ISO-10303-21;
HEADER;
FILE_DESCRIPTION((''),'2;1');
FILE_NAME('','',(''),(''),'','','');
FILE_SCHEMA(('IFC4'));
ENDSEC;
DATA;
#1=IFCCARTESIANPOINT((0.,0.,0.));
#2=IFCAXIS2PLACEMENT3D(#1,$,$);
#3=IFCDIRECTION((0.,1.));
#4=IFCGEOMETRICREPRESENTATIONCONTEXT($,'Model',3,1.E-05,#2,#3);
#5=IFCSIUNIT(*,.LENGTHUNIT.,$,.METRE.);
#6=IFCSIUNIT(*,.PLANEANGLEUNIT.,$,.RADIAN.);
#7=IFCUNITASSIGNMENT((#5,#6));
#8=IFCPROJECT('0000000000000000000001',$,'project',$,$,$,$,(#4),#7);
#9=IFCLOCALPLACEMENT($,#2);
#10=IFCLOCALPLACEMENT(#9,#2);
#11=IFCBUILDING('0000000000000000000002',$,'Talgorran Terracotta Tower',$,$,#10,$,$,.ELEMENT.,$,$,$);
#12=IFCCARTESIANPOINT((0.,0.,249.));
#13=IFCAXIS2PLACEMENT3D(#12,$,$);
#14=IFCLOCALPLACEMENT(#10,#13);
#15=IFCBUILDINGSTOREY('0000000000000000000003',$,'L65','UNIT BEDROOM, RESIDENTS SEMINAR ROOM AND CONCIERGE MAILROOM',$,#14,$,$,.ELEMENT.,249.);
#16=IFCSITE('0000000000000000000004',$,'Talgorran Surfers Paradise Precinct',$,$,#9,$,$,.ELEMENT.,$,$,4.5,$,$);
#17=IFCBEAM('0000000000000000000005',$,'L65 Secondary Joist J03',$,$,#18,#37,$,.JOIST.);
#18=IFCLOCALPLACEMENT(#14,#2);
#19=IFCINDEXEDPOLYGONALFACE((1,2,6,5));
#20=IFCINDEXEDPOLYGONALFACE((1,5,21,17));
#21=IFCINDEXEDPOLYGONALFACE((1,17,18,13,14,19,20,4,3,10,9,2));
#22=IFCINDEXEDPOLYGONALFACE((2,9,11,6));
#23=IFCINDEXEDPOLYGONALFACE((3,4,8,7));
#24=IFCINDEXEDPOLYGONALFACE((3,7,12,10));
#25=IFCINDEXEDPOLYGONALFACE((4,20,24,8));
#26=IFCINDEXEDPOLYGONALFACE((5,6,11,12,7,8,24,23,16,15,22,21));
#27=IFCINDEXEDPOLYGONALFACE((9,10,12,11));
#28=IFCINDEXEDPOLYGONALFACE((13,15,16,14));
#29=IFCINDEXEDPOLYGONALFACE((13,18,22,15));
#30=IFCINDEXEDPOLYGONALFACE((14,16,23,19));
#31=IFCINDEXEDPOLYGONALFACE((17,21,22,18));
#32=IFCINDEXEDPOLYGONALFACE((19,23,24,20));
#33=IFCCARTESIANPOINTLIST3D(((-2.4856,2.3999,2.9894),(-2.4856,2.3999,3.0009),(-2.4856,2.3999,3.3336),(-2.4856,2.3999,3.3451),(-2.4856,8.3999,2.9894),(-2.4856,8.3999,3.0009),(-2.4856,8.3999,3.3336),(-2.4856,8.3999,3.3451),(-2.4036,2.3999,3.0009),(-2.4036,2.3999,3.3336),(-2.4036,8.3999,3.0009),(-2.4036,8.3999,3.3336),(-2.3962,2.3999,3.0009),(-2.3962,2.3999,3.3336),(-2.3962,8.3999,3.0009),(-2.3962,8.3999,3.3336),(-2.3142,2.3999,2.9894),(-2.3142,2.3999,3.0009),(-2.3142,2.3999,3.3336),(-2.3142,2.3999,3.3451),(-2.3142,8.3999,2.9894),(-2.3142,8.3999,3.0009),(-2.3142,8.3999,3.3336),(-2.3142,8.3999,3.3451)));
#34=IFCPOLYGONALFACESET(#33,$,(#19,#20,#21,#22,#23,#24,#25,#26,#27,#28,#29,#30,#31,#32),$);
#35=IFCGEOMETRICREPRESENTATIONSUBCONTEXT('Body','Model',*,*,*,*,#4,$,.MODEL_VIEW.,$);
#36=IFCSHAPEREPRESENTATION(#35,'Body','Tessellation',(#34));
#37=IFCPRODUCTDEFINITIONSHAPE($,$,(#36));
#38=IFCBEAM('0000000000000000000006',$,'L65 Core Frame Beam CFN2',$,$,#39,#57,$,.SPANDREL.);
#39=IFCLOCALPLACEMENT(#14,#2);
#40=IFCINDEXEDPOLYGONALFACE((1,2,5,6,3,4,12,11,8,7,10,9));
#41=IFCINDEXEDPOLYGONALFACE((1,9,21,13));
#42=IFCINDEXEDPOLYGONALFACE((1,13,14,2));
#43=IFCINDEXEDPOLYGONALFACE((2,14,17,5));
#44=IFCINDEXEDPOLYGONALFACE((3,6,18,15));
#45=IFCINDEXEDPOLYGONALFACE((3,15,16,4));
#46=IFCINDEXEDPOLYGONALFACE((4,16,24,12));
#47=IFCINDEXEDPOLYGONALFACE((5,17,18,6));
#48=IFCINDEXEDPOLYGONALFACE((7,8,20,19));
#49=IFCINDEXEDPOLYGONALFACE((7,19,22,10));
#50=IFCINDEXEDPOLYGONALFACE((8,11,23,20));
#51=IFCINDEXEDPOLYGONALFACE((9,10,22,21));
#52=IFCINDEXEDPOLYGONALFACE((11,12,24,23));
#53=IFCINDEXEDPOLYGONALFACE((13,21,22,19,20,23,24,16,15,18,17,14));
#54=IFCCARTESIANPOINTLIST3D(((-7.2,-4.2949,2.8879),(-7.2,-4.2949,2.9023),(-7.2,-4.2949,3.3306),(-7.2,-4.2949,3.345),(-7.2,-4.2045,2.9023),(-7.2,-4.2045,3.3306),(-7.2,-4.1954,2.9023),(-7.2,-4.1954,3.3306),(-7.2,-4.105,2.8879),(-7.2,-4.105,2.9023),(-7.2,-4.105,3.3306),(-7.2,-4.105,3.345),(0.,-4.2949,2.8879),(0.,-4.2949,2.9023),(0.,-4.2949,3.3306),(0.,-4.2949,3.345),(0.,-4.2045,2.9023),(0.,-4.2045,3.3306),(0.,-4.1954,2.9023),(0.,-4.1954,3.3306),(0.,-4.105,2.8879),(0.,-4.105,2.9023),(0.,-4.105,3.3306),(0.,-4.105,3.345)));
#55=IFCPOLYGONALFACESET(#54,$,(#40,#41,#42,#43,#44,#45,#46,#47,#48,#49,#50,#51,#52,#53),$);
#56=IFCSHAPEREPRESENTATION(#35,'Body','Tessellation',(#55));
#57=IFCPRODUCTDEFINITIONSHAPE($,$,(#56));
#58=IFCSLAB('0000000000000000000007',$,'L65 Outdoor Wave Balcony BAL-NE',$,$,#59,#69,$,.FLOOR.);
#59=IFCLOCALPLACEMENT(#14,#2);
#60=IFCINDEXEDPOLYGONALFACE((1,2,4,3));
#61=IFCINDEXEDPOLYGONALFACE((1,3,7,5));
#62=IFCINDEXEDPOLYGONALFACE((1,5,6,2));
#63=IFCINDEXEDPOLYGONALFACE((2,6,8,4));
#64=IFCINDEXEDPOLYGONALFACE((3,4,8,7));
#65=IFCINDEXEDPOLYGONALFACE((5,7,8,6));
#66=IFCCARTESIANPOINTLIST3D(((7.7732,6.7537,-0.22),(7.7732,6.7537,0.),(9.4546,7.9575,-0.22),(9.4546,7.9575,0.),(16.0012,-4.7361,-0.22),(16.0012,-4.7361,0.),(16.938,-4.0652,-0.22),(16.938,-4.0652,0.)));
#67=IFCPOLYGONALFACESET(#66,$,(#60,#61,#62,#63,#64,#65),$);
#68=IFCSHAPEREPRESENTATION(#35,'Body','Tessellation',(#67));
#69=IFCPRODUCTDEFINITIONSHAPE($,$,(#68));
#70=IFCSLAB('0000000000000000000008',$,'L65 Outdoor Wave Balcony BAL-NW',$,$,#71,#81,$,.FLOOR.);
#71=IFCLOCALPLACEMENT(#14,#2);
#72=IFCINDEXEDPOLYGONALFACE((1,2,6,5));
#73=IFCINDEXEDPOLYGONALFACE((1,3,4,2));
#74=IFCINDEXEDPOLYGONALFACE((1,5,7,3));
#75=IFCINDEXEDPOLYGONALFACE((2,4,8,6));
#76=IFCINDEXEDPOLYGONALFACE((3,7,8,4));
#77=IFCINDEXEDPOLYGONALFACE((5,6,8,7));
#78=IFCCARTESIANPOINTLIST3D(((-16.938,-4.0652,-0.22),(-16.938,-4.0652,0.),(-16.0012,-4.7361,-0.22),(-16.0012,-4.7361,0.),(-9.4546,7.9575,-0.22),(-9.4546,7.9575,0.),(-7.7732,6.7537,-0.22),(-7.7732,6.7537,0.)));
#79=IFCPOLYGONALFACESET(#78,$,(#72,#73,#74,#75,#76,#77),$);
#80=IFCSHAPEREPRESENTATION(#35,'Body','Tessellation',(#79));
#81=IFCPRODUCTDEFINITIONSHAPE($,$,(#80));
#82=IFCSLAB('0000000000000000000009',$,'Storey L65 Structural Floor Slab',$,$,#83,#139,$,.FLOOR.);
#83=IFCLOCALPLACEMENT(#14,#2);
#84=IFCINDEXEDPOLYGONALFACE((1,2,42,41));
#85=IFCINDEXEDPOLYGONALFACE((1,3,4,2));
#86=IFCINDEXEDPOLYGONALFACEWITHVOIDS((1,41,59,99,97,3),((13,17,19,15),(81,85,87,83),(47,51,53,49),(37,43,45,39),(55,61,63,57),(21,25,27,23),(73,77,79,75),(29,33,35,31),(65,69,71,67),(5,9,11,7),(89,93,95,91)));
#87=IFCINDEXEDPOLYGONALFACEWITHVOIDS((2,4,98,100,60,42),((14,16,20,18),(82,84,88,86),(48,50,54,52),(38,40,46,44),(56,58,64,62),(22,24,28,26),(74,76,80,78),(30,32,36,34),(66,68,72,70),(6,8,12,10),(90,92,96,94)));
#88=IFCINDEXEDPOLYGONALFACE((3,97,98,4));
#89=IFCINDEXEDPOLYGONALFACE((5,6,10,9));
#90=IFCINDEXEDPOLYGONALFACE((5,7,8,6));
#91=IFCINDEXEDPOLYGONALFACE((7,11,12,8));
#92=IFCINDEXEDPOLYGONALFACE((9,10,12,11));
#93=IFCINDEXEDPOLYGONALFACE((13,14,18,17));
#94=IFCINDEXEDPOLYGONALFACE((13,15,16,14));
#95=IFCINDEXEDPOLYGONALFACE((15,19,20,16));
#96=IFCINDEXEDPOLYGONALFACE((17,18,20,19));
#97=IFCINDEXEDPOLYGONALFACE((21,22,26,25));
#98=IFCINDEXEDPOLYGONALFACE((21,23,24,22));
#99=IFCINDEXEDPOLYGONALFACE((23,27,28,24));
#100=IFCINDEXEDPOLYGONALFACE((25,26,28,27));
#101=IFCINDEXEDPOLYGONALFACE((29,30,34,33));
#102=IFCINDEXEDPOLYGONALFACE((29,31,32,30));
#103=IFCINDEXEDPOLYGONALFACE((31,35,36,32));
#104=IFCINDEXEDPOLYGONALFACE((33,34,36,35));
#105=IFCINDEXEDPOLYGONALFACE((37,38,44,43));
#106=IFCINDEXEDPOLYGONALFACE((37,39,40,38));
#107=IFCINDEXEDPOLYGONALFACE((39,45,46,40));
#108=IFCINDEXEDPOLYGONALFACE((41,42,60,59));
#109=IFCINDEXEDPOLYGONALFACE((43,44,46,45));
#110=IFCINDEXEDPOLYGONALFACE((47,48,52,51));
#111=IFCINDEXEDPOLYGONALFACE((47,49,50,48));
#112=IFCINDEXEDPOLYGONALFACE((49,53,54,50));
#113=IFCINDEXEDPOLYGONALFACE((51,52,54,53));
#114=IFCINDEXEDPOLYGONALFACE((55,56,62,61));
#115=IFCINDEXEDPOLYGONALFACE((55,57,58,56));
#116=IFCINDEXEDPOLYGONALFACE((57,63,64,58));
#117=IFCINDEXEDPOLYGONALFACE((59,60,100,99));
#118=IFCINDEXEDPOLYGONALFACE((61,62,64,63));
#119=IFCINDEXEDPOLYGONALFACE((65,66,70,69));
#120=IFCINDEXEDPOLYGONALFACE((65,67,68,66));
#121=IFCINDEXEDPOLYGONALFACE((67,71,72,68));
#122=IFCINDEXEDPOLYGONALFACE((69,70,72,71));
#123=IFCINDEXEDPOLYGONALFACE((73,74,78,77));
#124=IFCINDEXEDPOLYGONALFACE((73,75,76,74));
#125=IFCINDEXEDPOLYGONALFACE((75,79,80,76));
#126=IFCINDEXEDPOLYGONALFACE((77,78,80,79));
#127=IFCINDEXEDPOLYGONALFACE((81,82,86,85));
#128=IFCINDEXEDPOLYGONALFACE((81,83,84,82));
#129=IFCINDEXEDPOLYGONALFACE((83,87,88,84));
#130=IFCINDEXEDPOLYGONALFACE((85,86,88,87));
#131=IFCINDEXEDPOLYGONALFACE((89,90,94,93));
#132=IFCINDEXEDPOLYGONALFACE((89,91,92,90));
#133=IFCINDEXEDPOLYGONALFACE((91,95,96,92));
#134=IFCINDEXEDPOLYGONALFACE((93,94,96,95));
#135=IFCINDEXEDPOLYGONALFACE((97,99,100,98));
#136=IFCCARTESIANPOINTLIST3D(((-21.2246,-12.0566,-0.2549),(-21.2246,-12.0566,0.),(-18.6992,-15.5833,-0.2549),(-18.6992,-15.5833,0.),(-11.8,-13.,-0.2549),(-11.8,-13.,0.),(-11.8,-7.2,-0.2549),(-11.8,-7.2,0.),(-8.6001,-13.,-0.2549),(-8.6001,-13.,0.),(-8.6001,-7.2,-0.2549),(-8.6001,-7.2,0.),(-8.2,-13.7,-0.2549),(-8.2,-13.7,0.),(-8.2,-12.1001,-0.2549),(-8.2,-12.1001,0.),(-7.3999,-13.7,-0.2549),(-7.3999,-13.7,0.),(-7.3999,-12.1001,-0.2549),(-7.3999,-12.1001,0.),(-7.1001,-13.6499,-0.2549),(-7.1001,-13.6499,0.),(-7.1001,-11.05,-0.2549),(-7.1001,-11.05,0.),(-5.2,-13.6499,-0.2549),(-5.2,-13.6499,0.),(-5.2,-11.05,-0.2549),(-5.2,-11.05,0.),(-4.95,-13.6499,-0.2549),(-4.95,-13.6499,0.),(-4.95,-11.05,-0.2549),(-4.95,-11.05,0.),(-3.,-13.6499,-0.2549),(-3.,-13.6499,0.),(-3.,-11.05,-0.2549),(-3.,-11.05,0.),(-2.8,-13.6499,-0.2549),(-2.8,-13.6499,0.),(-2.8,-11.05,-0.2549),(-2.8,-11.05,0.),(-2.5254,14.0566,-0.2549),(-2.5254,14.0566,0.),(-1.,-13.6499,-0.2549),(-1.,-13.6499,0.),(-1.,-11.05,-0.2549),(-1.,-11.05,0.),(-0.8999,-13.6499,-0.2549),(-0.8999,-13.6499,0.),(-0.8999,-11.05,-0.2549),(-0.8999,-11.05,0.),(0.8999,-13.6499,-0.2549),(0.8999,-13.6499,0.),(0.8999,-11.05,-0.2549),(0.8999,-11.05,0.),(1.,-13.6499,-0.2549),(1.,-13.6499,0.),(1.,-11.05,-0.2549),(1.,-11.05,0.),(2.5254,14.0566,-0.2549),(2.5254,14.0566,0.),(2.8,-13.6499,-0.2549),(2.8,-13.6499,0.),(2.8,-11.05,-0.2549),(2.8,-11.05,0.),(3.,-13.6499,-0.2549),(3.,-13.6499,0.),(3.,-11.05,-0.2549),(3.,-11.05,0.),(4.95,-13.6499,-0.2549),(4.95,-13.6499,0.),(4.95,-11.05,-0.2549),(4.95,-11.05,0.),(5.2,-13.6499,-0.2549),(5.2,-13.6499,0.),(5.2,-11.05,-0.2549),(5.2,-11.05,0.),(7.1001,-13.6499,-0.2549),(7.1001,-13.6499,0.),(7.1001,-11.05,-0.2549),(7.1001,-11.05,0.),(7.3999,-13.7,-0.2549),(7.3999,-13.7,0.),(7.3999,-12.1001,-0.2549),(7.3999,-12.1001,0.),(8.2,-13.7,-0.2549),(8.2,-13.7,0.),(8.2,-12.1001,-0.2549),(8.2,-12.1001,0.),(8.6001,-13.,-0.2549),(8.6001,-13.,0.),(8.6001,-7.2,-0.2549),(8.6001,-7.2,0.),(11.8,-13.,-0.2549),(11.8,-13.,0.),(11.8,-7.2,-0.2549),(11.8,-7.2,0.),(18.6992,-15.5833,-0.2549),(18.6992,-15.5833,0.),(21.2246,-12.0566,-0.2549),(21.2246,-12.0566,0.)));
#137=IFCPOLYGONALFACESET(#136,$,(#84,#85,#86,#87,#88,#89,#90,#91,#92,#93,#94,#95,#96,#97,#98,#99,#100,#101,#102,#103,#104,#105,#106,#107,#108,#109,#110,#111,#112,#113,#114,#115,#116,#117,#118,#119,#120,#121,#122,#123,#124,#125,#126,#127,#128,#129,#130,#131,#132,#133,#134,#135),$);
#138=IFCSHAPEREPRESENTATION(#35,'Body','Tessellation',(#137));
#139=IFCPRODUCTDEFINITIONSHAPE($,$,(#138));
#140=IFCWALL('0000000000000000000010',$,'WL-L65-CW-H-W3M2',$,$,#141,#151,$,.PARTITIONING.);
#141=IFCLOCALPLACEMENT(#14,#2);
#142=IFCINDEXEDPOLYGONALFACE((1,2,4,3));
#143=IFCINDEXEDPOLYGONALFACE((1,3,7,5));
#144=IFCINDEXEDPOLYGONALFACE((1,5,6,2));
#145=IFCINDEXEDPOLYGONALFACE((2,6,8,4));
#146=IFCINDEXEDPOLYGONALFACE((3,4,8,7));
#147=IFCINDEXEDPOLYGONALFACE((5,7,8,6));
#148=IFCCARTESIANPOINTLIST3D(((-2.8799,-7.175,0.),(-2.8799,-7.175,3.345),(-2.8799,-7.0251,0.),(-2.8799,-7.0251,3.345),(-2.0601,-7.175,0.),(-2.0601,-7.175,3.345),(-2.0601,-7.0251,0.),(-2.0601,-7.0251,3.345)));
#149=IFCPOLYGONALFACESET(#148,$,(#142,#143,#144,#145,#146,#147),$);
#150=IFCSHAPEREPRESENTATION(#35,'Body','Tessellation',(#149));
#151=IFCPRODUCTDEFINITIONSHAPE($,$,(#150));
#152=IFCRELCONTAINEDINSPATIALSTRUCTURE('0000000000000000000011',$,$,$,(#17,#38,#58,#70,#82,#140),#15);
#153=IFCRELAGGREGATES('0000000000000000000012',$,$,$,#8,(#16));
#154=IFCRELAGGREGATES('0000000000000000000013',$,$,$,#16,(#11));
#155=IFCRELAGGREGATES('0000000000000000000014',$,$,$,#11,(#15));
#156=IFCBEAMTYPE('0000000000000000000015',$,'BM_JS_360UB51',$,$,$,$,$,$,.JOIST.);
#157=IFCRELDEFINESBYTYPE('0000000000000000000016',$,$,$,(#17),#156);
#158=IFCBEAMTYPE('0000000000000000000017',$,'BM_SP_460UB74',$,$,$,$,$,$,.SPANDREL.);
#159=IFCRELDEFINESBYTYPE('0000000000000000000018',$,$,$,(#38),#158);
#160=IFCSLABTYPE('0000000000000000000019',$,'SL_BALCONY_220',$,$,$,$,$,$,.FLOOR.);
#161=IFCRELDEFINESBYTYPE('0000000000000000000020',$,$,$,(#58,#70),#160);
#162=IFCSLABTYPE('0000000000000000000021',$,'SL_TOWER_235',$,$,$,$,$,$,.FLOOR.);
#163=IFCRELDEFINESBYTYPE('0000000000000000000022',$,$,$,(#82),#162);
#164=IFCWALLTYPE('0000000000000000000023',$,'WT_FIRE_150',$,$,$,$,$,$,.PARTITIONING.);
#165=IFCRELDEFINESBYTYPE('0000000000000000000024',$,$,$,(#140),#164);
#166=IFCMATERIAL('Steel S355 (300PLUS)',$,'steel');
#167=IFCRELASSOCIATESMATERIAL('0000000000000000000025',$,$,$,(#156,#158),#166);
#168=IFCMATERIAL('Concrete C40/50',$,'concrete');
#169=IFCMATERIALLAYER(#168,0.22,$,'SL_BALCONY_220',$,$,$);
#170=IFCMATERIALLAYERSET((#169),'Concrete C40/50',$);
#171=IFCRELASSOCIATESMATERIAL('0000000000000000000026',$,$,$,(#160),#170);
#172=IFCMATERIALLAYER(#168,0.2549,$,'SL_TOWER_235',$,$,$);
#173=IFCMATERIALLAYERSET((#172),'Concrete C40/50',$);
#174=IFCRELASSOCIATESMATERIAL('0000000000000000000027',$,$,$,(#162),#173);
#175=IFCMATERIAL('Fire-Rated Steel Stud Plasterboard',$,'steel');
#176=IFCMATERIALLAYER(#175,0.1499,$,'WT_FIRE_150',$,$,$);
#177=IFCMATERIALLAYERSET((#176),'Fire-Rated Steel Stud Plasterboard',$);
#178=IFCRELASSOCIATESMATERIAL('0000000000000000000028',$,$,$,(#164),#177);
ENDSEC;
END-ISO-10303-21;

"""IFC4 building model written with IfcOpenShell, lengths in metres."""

from ifc_helpers import new_model, si_unit, direction, frame, frame_2d, origin, origin_2d, place, context, subcontext, project, spatial, polyline, rectangle, i_section, outline, extrude, material, layer, layer_set, material_profile, profile_set, type_object, element, save


model = new_model("IFC4")

# Units and contexts
model_context = context("Model", 3, precision=1e-05, world=origin(), true_north=direction((0.0, 1.0)))
body_context = subcontext(model_context, "Body", "Model", "MODEL_VIEW")
ifc_project = project(units=[si_unit("LENGTHUNIT", "METRE"), si_unit("PLANEANGLEUNIT", "RADIAN")], contexts=[model_context])

# Site, building, storey
site_placement = place(None, origin())
site = spatial("IfcSite", under=ifc_project, at=site_placement, Name="Talgorran Surfers Paradise Precinct", CompositionType="ELEMENT", RefElevation=4.5)
building_placement = place(site_placement, origin())
building = spatial("IfcBuilding", under=site, at=building_placement, Name="Talgorran Terracotta Tower", CompositionType="ELEMENT")
storey_placement = place(building_placement, frame((0.0, 0.0, 249.0)))
storey = spatial("IfcBuildingStorey", under=building, at=storey_placement, Name="L65", Description="UNIT BEDROOM, RESIDENTS SEMINAR ROOM AND CONCIERGE MAILROOM", CompositionType="ELEMENT", Elevation=249.0)

# Shared definitions
ifc_material_1 = material(Name="Steel S355 (300PLUS)", Category="steel")

# Beams
ifc_material_profile_1 = material_profile(ifc_material_1, i_section(OverallWidth=0.1714, OverallDepth=0.3557, WebThickness=0.0073, FlangeThickness=0.0115, at=origin_2d()), Name="360UB50.7")
ifc_profile_set_1 = profile_set([ifc_material_profile_1], Name="Steel S355 (300PLUS)")
beam_type_1 = type_object("IfcBeamType", Name="BM_JS_360UB51", PredefinedType="JOIST", material=ifc_profile_set_1)
beam_1_placement = place(storey_placement, frame((-2.3999, 2.3999, 3.1672), z_axis=(0.0, 1.0, 0.0), x_axis=(-1.0, 0.0, 0.0)))
element("IfcBeam", 1, at=beam_1_placement, inside=storey, type_object=beam_type_1, Name="L65 Secondary Joist J03", PredefinedType="JOIST", context=body_context, shape_type="SweptSolid", body=[
    extrude(i_section(OverallWidth=0.1714, OverallDepth=0.3557, WebThickness=0.0073, FlangeThickness=0.0115, at=origin_2d()), origin(), (0.0, 0.0, 1.0), 6.0),
])
ifc_material_profile_2 = material_profile(ifc_material_1, i_section(OverallWidth=0.1899, OverallDepth=0.457, WebThickness=0.009, FlangeThickness=0.0144, at=origin_2d()), Name="460UB74.6")
ifc_profile_set_2 = profile_set([ifc_material_profile_2], Name="Steel S355 (300PLUS)")
beam_type_2 = type_object("IfcBeamType", Name="BM_SP_460UB74", PredefinedType="SPANDREL", material=ifc_profile_set_2)
beam_2_placement = place(storey_placement, frame((-7.2, -4.2, 3.1165), z_axis=(1.0, 0.0, 0.0), x_axis=(0.0, 1.0, 0.0)))
element("IfcBeam", 2, at=beam_2_placement, inside=storey, type_object=beam_type_2, Name="L65 Core Frame Beam CFN2", PredefinedType="SPANDREL", context=body_context, shape_type="SweptSolid", body=[
    extrude(i_section(OverallWidth=0.1899, OverallDepth=0.457, WebThickness=0.009, FlangeThickness=0.0144, at=origin_2d()), origin(), (0.0, 0.0, 1.0), 7.2),
])

# Slabs
ifc_material_2 = material(Name="Concrete C40/50", Category="concrete")
ifc_layer_1 = layer(ifc_material_2, 0.22, Name="SL_BALCONY_220")
ifc_layer_set_1 = layer_set([ifc_layer_1], Name="Concrete C40/50")
slab_type_1 = type_object("IfcSlabType", Name="SL_BALCONY_220", PredefinedType="FLOOR", material=ifc_layer_set_1)
slab_1_placement = place(storey_placement, frame((0.0, 0.0, -0.22)))
element("IfcSlab", 3, at=slab_1_placement, inside=storey, type_object=slab_type_1, Name="L65 Outdoor Wave Balcony BAL-NE", PredefinedType="FLOOR", context=body_context, shape_type="SweptSolid", body=[
    extrude(outline(polyline([(7.7732, 6.7537), (16.0012, -4.7361), (16.938, -4.0652), (9.4546, 7.9575), (7.7732, 6.7537)])), origin(), (0.0, 0.0, 1.0), 0.22),
])
slab_2_placement = place(storey_placement, frame((0.0, 0.0, -0.22)))
element("IfcSlab", 4, at=slab_2_placement, inside=storey, type_object=slab_type_1, Name="L65 Outdoor Wave Balcony BAL-NW", PredefinedType="FLOOR", context=body_context, shape_type="SweptSolid", body=[
    extrude(outline(polyline([(-16.0012, -4.7361), (-7.7732, 6.7537), (-9.4546, 7.9575), (-16.938, -4.0652), (-16.0012, -4.7361)])), origin(), (0.0, 0.0, 1.0), 0.22),
])
ifc_layer_2 = layer(ifc_material_2, 0.2549, Name="SL_TOWER_235")
ifc_layer_set_2 = layer_set([ifc_layer_2], Name="Concrete C40/50")
slab_type_2 = type_object("IfcSlabType", Name="SL_TOWER_235", PredefinedType="FLOOR", material=ifc_layer_set_2)
slab_3_placement = place(storey_placement, frame((0.0, 0.0, -0.2549)))
element("IfcSlab", 5, at=slab_3_placement, inside=storey, type_object=slab_type_2, Name="Storey L65 Structural Floor Slab", PredefinedType="FLOOR", context=body_context, shape_type="SweptSolid", body=[
    extrude(outline(polyline([(-21.2246, -12.0566), (-18.6992, -15.5833), (18.6992, -15.5833), (21.2246, -12.0566), (2.5254, 14.0566), (-2.5254, 14.0566), (-21.2246, -12.0566)]), holes=[polyline([(-11.8, -7.2), (-11.8, -13.0), (-8.6001, -13.0), (-8.6001, -7.2), (-11.8, -7.2)]), polyline([(8.6001, -7.2), (8.6001, -13.0), (11.8, -13.0), (11.8, -7.2), (8.6001, -7.2)]), polyline([(-7.1001, -13.6499), (-5.2, -13.6499), (-5.2, -11.05), (-7.1001, -11.05), (-7.1001, -13.6499)]), polyline([(5.2, -13.6499), (7.1001, -13.6499), (7.1001, -11.05), (5.2, -11.05), (5.2, -13.6499)]), polyline([(3.0, -13.6499), (4.95, -13.6499), (4.95, -11.05), (3.0, -11.05), (3.0, -13.6499)]), polyline([(-4.95, -13.6499), (-3.0, -13.6499), (-3.0, -11.05), (-4.95, -11.05), (-4.95, -13.6499)]), polyline([(-2.8, -13.6499), (-1.0, -13.6499), (-1.0, -11.05), (-2.8, -11.05), (-2.8, -13.6499)]), polyline([(-0.8999, -13.6499), (0.8999, -13.6499), (0.8999, -11.05), (-0.8999, -11.05), (-0.8999, -13.6499)]), polyline([(1.0, -13.6499), (2.8, -13.6499), (2.8, -11.05), (1.0, -11.05), (1.0, -13.6499)]), polyline([(-8.2, -13.7), (-7.3999, -13.7), (-7.3999, -12.1001), (-8.2, -12.1001), (-8.2, -13.7)]), polyline([(7.3999, -13.7), (8.2, -13.7), (8.2, -12.1001), (7.3999, -12.1001), (7.3999, -13.7)])]), origin(), (0.0, 0.0, 1.0), 0.2549),
])

# Wall
ifc_material_3 = material(Name="Fire-Rated Steel Stud Plasterboard", Category="steel")
ifc_layer_3 = layer(ifc_material_3, 0.1499, Name="WT_FIRE_150")
ifc_layer_set_3 = layer_set([ifc_layer_3], Name="Fire-Rated Steel Stud Plasterboard")
wall_type_1 = type_object("IfcWallType", Name="WT_FIRE_150", PredefinedType="PARTITIONING", material=ifc_layer_set_3)
wall_1_placement = place(storey_placement, frame((-2.8799, -7.1001, 0.0), z_axis=(0.0, 0.0, 1.0), x_axis=(1.0, 0.0, 0.0)))
element("IfcWall", 6, at=wall_1_placement, inside=storey, type_object=wall_type_1, Name="WL-L65-CW-H-W3M2", PredefinedType="PARTITIONING", context=body_context, shape_type="SweptSolid", body=[
    extrude(rectangle(XDim=0.8198, YDim=0.1499, at=frame_2d((0.4099, 0.0))), origin(), (0.0, 0.0, 1.0), 3.345),
])

save(model, "model.ifc")
